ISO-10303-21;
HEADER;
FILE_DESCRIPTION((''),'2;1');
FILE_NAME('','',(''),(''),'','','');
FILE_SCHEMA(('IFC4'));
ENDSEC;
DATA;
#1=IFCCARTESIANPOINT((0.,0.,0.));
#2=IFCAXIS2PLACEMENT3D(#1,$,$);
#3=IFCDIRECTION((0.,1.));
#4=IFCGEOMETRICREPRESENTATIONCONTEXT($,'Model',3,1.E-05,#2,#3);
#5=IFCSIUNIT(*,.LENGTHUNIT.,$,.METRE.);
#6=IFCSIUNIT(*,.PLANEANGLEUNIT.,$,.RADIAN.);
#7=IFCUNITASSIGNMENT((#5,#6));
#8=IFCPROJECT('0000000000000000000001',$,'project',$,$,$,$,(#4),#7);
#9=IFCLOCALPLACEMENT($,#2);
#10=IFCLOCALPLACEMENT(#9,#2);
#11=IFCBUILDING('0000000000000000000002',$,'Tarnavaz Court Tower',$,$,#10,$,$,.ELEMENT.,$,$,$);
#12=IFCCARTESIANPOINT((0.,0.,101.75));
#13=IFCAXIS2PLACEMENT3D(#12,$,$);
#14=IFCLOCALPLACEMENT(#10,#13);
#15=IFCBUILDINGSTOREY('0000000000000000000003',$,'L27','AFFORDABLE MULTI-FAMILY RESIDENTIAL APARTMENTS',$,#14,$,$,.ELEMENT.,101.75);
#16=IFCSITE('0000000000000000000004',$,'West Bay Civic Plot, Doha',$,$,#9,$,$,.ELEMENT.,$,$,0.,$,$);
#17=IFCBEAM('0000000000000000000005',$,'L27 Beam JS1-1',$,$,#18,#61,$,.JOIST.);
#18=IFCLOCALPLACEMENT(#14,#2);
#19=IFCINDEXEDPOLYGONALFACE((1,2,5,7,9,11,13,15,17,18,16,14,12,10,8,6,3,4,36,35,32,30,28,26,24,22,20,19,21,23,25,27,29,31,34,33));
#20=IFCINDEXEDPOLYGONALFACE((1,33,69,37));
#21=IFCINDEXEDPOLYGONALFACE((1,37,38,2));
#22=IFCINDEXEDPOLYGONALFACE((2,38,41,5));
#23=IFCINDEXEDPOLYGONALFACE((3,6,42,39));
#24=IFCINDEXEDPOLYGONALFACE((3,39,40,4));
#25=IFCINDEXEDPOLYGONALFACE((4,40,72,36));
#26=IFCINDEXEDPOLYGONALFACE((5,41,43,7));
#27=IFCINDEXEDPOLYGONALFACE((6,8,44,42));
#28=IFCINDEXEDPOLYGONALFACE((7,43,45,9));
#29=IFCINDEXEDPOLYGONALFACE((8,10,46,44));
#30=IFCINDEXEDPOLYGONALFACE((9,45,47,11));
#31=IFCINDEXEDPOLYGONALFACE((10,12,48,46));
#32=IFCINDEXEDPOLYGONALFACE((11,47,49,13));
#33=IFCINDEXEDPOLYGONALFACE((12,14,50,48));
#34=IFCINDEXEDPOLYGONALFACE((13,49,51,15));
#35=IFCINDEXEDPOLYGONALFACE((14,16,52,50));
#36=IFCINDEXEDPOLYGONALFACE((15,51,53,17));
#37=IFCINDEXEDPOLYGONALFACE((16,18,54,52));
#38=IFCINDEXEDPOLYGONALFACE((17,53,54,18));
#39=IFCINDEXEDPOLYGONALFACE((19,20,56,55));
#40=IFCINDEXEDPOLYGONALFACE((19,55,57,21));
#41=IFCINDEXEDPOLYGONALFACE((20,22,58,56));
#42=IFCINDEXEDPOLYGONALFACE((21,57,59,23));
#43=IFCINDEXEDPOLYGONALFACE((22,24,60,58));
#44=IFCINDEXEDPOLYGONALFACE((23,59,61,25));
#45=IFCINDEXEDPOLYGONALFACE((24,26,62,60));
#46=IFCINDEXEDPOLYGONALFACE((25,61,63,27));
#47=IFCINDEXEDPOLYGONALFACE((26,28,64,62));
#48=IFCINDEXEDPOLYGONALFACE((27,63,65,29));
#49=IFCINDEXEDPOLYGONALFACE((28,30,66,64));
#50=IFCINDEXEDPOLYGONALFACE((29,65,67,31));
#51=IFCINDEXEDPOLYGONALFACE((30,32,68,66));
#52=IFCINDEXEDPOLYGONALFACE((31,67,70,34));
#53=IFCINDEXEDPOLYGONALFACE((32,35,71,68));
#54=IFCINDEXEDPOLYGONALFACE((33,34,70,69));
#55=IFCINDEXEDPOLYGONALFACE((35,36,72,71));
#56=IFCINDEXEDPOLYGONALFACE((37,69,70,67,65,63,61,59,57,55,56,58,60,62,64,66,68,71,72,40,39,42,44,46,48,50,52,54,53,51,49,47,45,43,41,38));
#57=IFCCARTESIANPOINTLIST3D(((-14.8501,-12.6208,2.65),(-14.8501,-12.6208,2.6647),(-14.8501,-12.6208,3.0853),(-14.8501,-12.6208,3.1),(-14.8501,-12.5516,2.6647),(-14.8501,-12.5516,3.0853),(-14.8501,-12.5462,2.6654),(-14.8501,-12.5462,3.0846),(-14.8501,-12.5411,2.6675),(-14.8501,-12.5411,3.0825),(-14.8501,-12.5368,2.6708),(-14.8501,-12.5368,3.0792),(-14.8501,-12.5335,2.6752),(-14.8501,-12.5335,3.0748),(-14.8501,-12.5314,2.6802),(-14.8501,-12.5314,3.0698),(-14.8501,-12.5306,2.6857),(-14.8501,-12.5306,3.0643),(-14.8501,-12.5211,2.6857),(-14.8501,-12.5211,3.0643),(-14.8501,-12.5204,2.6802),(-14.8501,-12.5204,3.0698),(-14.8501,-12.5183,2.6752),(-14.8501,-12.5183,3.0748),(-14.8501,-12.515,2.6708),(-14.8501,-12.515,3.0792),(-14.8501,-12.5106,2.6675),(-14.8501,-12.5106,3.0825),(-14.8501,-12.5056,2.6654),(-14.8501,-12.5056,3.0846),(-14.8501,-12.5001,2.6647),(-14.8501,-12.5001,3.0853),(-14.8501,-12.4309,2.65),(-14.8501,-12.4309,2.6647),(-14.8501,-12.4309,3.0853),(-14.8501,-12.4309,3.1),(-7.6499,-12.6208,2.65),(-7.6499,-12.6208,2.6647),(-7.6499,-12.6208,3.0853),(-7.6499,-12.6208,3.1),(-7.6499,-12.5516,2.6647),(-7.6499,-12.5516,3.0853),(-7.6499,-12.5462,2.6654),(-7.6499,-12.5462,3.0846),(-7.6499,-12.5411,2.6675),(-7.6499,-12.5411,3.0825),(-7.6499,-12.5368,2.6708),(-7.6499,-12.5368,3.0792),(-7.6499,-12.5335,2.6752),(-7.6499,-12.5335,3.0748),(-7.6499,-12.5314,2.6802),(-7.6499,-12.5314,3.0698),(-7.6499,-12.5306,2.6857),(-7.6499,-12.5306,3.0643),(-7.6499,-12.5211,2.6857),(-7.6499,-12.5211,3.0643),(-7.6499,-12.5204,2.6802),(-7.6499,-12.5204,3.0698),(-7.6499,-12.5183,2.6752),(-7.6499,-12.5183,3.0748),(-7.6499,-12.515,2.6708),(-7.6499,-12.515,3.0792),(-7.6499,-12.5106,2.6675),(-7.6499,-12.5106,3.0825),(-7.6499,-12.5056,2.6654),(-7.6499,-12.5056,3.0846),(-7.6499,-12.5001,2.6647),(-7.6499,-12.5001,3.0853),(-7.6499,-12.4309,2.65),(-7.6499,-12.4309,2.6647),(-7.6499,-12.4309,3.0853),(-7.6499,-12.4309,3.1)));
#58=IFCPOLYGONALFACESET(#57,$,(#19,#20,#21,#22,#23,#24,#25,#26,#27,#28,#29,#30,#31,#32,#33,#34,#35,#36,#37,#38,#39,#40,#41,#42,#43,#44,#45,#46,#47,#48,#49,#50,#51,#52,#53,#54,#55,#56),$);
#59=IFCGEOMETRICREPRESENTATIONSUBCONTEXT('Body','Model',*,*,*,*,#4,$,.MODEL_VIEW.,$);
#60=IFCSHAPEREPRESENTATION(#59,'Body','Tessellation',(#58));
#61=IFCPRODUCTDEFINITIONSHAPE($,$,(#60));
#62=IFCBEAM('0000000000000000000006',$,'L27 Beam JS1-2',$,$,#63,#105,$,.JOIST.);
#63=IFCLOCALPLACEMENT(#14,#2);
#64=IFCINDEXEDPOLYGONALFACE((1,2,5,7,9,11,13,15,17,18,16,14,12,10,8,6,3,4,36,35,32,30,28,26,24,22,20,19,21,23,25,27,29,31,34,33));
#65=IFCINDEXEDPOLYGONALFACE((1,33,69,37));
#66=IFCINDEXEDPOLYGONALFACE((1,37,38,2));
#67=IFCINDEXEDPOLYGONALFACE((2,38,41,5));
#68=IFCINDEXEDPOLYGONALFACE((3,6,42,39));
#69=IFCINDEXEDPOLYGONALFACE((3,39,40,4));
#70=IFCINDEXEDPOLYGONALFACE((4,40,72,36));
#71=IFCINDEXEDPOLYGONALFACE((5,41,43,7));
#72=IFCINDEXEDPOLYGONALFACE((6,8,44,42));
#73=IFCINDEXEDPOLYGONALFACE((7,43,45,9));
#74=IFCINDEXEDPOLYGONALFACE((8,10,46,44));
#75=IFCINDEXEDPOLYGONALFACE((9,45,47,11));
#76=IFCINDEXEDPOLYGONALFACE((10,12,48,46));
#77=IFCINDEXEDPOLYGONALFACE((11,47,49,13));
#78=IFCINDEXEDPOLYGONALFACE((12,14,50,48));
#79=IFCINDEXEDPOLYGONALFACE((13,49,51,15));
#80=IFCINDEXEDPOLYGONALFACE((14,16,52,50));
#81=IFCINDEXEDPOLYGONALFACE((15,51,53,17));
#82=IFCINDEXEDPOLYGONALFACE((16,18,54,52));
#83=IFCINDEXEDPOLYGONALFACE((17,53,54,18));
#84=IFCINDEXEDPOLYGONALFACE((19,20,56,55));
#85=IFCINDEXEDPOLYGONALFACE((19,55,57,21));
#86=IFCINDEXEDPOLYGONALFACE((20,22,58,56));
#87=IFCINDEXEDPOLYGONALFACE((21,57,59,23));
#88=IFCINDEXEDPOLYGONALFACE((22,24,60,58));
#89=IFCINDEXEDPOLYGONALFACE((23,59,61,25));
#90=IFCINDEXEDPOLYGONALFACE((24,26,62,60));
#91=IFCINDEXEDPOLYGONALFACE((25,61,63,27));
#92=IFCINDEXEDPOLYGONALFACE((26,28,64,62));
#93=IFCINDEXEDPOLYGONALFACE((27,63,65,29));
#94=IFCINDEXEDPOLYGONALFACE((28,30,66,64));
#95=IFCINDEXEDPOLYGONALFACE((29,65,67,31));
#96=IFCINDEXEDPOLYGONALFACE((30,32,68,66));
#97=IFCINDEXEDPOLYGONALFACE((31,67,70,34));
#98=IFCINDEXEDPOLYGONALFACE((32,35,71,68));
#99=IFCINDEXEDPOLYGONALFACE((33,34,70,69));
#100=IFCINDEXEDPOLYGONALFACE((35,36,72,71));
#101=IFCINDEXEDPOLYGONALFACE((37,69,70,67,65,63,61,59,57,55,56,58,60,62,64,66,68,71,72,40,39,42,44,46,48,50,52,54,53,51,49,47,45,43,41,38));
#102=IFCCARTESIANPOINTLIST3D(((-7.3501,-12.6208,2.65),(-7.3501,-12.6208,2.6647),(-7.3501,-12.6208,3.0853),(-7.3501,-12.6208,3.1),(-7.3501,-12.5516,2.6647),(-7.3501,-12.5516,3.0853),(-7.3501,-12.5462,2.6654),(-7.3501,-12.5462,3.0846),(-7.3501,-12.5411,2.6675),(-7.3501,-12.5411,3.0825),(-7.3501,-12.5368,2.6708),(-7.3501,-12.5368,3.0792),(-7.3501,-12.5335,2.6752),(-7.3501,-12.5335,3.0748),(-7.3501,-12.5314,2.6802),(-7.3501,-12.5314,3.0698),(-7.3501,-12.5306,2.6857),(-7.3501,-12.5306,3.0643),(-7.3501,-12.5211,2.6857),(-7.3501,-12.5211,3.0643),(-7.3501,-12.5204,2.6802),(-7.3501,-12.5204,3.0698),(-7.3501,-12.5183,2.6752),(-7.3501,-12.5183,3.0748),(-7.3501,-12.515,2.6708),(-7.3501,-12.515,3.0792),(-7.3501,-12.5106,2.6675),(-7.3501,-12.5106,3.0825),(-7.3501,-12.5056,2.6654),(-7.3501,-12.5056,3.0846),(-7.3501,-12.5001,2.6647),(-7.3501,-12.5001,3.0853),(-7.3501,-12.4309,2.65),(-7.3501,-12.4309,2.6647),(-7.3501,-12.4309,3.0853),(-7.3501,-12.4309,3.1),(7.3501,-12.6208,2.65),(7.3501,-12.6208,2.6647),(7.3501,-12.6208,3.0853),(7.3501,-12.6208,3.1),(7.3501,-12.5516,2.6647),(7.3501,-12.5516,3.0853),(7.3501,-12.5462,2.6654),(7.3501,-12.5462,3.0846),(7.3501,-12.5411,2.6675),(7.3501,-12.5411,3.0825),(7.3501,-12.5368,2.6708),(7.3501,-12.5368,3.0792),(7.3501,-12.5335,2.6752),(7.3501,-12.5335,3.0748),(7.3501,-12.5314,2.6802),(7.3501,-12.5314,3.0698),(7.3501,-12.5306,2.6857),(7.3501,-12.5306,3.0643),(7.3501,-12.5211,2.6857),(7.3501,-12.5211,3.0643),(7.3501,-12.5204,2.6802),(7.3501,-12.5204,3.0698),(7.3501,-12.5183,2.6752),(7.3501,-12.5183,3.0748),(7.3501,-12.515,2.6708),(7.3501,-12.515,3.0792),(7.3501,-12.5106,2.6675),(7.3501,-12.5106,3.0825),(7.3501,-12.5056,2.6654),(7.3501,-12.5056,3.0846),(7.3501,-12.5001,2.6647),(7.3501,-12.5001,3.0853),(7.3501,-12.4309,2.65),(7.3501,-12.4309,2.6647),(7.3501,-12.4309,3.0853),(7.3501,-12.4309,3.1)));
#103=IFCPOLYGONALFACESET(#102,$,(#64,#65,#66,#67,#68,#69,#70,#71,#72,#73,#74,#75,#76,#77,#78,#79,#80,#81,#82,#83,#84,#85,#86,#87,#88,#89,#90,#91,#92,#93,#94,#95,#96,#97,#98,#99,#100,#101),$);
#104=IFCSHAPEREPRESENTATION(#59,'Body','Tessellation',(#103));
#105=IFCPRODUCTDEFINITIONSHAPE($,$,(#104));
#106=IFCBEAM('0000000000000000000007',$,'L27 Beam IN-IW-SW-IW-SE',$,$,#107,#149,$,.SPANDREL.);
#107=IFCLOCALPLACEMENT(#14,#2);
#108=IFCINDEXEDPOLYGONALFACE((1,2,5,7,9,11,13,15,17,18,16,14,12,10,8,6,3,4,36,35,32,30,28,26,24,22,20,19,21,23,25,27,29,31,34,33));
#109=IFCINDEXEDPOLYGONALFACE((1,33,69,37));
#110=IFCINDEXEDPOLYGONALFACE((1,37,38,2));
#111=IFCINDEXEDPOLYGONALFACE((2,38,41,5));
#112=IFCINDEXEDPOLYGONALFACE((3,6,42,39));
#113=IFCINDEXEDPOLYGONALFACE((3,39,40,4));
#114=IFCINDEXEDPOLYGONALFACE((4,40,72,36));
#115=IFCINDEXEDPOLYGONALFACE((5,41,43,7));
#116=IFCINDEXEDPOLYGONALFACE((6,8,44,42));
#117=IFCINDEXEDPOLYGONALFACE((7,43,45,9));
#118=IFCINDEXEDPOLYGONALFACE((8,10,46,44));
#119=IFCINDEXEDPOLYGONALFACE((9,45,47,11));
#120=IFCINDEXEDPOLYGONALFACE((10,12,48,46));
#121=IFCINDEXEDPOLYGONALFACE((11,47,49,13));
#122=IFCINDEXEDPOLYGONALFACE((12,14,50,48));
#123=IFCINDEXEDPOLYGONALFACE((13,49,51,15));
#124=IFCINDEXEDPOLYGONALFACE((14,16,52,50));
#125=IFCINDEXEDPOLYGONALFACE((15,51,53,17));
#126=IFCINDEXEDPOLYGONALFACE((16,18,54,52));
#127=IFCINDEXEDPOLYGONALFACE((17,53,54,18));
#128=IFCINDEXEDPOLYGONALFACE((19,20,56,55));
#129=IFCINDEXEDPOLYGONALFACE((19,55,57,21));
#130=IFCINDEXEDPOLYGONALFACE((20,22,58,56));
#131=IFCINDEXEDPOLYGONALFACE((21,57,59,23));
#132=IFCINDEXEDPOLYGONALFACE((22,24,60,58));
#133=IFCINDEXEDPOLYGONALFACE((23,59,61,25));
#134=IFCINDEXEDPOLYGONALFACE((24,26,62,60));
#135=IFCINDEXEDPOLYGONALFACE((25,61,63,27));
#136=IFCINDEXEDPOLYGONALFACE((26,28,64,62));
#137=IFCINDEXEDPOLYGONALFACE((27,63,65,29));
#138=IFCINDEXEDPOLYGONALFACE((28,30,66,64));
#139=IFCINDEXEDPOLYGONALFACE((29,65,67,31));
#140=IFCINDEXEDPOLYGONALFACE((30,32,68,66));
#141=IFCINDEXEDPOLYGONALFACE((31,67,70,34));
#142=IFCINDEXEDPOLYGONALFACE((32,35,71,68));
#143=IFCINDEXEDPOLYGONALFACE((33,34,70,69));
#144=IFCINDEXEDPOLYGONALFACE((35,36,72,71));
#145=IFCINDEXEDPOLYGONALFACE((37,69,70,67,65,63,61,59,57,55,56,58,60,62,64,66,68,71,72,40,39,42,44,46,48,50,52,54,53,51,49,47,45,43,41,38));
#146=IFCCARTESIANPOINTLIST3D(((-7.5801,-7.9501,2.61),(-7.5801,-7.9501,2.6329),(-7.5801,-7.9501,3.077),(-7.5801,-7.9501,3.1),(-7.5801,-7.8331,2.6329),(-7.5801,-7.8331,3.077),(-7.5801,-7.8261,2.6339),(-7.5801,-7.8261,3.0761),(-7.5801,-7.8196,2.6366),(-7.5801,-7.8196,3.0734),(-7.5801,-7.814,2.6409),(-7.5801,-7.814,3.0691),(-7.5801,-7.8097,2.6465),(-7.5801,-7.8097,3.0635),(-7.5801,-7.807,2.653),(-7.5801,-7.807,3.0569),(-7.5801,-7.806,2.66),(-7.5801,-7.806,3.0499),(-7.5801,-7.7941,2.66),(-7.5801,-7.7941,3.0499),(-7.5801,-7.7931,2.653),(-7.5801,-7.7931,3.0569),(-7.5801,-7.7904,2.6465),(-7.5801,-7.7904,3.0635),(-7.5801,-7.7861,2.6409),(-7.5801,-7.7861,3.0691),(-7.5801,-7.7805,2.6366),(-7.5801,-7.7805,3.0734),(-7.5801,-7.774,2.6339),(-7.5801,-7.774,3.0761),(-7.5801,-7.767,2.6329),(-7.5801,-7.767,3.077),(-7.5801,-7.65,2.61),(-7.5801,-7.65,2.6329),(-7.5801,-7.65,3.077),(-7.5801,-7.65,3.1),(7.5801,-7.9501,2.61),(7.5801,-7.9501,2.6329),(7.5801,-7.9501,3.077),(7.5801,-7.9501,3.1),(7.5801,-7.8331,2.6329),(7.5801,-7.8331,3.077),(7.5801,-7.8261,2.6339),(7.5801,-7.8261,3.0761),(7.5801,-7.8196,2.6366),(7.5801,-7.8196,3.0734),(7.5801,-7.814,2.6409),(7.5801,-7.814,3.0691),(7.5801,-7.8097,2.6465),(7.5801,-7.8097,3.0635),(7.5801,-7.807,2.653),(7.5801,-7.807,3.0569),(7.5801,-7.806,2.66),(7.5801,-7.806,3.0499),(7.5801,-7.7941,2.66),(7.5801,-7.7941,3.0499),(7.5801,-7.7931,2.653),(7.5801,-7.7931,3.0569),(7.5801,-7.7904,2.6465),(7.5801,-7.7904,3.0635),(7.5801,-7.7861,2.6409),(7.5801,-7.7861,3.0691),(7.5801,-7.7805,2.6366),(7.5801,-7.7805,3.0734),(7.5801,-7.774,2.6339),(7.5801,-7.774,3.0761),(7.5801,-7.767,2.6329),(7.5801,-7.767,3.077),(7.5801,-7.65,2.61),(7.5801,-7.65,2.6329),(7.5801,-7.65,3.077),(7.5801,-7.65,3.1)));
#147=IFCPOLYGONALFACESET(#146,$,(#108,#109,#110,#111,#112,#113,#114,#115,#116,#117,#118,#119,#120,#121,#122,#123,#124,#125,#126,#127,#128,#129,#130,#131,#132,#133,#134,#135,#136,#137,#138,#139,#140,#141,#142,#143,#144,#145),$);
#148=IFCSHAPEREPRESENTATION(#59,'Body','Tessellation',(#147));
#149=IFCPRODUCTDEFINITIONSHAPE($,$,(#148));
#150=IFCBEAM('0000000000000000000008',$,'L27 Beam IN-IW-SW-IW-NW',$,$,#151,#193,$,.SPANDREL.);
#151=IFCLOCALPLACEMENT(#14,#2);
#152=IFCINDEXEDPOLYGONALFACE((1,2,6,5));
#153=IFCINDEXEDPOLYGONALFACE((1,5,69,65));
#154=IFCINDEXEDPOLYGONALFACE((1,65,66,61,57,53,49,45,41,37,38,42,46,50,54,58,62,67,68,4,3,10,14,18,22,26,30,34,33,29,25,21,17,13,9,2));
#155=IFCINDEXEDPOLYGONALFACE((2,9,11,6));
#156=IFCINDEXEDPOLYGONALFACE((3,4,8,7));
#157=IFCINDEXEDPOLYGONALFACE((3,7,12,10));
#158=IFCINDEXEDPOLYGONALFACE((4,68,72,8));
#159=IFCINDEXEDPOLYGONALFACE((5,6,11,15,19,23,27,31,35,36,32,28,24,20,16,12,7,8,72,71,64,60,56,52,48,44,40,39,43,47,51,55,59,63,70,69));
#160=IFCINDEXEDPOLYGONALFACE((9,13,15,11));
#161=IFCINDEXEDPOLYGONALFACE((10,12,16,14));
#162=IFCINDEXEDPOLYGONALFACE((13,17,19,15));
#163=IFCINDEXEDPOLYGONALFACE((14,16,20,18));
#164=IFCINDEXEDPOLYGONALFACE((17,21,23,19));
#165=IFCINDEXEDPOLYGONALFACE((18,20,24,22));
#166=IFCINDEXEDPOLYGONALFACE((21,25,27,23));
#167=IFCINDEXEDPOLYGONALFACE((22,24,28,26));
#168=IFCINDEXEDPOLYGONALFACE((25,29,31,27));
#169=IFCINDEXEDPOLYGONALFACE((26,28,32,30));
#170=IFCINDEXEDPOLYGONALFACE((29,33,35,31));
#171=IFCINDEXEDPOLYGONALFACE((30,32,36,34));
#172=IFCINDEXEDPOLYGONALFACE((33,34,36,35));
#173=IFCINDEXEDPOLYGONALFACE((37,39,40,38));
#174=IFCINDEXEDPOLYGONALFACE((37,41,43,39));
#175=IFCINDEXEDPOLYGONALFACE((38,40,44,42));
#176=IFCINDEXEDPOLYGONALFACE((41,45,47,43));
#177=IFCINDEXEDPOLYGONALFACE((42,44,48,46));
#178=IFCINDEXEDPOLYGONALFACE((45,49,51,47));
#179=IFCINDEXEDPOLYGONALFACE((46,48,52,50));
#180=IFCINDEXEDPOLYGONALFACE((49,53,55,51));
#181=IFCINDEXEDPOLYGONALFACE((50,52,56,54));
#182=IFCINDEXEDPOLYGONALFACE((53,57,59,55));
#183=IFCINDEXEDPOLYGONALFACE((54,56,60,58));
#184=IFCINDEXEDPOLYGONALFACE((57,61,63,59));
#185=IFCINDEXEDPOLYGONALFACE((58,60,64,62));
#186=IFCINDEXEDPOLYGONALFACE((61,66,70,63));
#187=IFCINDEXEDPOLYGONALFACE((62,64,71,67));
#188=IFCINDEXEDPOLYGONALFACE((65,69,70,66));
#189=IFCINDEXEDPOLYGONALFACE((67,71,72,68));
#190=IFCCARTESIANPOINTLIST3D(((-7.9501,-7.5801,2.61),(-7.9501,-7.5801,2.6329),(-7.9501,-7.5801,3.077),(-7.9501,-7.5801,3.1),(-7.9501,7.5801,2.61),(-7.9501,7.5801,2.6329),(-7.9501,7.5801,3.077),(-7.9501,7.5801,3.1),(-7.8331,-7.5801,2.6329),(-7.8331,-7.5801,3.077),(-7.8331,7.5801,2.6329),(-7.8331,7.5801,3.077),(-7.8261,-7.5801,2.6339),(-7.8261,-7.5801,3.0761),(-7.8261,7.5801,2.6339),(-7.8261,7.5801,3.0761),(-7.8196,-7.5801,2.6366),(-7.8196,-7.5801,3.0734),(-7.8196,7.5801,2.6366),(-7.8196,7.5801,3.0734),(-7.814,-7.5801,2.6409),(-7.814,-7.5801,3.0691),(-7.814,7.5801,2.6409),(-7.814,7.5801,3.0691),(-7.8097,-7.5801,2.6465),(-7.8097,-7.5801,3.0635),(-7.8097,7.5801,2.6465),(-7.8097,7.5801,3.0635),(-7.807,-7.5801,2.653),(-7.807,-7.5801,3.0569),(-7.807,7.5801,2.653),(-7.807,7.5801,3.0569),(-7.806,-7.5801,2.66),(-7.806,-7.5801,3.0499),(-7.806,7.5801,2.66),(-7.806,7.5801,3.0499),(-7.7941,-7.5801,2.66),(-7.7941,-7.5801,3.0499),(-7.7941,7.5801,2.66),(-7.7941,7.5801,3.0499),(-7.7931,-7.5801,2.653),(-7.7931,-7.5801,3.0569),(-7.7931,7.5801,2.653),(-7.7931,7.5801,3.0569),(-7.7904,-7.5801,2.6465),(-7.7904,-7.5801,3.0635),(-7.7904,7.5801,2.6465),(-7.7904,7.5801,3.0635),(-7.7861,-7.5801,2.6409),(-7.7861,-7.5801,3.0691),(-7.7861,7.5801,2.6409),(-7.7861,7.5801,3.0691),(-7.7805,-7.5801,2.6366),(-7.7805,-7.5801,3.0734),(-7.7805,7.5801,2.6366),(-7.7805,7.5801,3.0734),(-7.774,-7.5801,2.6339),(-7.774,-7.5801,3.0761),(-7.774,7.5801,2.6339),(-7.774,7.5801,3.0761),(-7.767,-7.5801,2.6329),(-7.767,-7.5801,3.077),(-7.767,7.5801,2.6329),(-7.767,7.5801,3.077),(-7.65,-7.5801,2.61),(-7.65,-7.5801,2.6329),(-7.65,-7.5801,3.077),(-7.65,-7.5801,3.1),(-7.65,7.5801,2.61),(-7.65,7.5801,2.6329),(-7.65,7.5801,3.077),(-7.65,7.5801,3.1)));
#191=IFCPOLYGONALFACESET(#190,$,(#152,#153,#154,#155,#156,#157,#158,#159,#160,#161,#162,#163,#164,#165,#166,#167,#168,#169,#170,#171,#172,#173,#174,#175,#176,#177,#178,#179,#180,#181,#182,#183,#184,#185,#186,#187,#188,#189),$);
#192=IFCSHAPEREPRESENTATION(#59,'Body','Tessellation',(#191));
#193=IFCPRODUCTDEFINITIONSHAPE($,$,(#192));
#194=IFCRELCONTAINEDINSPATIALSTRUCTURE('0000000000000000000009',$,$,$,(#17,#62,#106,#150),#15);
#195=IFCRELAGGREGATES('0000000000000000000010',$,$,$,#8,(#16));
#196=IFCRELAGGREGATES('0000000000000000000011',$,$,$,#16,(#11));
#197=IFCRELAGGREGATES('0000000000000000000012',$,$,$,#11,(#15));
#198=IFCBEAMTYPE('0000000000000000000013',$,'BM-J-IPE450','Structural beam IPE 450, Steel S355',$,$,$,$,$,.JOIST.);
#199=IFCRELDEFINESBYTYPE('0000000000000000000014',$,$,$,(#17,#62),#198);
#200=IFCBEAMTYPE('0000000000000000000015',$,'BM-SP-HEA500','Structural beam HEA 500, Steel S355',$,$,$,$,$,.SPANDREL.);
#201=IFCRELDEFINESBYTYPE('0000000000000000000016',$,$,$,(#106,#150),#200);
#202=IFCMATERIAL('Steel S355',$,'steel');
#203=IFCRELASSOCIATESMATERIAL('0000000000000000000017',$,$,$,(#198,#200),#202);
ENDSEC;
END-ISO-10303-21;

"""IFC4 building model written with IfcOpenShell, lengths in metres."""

from ifc_helpers import new_model, si_unit, direction, frame, origin, origin_2d, place, context, subcontext, project, spatial, i_section, extrude, material, material_profile, profile_set, type_object, element, save


model = new_model("IFC4")

# Units and contexts
model_context = context("Model", 3, precision=1e-05, world=origin(), true_north=direction((0.0, 1.0)))
body_context = subcontext(model_context, "Body", "Model", "MODEL_VIEW")
ifc_project = project(units=[si_unit("LENGTHUNIT", "METRE"), si_unit("PLANEANGLEUNIT", "RADIAN")], contexts=[model_context])

# Site, building, storey
site_placement = place(None, origin())
site = spatial("IfcSite", under=ifc_project, at=site_placement, Name="West Bay Civic Plot, Doha", CompositionType="ELEMENT", RefElevation=0.0)
building_placement = place(site_placement, origin())
building = spatial("IfcBuilding", under=site, at=building_placement, Name="Tarnavaz Court Tower", CompositionType="ELEMENT")
storey_placement = place(building_placement, frame((0.0, 0.0, 101.75)))
storey = spatial("IfcBuildingStorey", under=building, at=storey_placement, Name="L27", Description="AFFORDABLE MULTI-FAMILY RESIDENTIAL APARTMENTS", CompositionType="ELEMENT", Elevation=101.75)

# Beams
ifc_material_1 = material(Name="Steel S355", Category="steel")
ifc_material_profile_1 = material_profile(ifc_material_1, i_section(OverallWidth=0.1899, OverallDepth=0.45, WebThickness=0.0095, FlangeThickness=0.0146, FilletRadius=0.021, at=origin_2d()), Name="IPE 450")
ifc_profile_set_1 = profile_set([ifc_material_profile_1], Name="Steel S355")
beam_type_1 = type_object("IfcBeamType", Name="BM-J-IPE450", Description="Structural beam IPE 450, Steel S355", PredefinedType="JOIST", material=ifc_profile_set_1)
beam_1_placement = place(storey_placement, frame((-14.8501, -12.5259, 2.875), z_axis=(1.0, 0.0, 0.0), x_axis=(0.0, 1.0, 0.0)))
element("IfcBeam", 1, at=beam_1_placement, inside=storey, type_object=beam_type_1, Name="L27 Beam JS1-1", PredefinedType="JOIST", context=body_context, shape_type="SweptSolid", body=[
    extrude(i_section(OverallWidth=0.1899, OverallDepth=0.45, WebThickness=0.0095, FlangeThickness=0.0146, FilletRadius=0.021, at=origin_2d()), origin(), (0.0, 0.0, 1.0), 7.2002),
])
beam_2_placement = place(storey_placement, frame((-7.3501, -12.5259, 2.875), z_axis=(1.0, 0.0, 0.0), x_axis=(0.0, 1.0, 0.0)))
element("IfcBeam", 2, at=beam_2_placement, inside=storey, type_object=beam_type_1, Name="L27 Beam JS1-2", PredefinedType="JOIST", context=body_context, shape_type="SweptSolid", body=[
    extrude(i_section(OverallWidth=0.1899, OverallDepth=0.45, WebThickness=0.0095, FlangeThickness=0.0146, FilletRadius=0.021, at=origin_2d()), origin(), (0.0, 0.0, 1.0), 14.7002),
])
ifc_material_profile_2 = material_profile(ifc_material_1, i_section(OverallWidth=0.3, OverallDepth=0.49, WebThickness=0.012, FlangeThickness=0.0229, FilletRadius=0.0271, at=origin_2d()), Name="HEA 500")
ifc_profile_set_2 = profile_set([ifc_material_profile_2], Name="Steel S355")
beam_type_2 = type_object("IfcBeamType", Name="BM-SP-HEA500", Description="Structural beam HEA 500, Steel S355", PredefinedType="SPANDREL", material=ifc_profile_set_2)
for number, where, z_axis, x_axis, name in (
    (3, (-7.5801, -7.8, 2.855), (1.0, 0.0, 0.0), (0.0, 1.0, 0.0), "L27 Beam IN-IW-SW-IW-SE"),
    (4, (-7.8, -7.5801, 2.855), (0.0, 1.0, 0.0), (-1.0, 0.0, 0.0), "L27 Beam IN-IW-SW-IW-NW"),
):
    element("IfcBeam", number, at=place(storey_placement, frame(where, z_axis=z_axis, x_axis=x_axis)), inside=storey, type_object=beam_type_2, Name=name, PredefinedType="SPANDREL", context=body_context, shape_type="SweptSolid", body=[
        extrude(i_section(OverallWidth=0.3, OverallDepth=0.49, WebThickness=0.012, FlangeThickness=0.0229, FilletRadius=0.0271, at=origin_2d()), origin(), (0.0, 0.0, 1.0), 15.1602),
    ])

save(model, "model.ifc")
